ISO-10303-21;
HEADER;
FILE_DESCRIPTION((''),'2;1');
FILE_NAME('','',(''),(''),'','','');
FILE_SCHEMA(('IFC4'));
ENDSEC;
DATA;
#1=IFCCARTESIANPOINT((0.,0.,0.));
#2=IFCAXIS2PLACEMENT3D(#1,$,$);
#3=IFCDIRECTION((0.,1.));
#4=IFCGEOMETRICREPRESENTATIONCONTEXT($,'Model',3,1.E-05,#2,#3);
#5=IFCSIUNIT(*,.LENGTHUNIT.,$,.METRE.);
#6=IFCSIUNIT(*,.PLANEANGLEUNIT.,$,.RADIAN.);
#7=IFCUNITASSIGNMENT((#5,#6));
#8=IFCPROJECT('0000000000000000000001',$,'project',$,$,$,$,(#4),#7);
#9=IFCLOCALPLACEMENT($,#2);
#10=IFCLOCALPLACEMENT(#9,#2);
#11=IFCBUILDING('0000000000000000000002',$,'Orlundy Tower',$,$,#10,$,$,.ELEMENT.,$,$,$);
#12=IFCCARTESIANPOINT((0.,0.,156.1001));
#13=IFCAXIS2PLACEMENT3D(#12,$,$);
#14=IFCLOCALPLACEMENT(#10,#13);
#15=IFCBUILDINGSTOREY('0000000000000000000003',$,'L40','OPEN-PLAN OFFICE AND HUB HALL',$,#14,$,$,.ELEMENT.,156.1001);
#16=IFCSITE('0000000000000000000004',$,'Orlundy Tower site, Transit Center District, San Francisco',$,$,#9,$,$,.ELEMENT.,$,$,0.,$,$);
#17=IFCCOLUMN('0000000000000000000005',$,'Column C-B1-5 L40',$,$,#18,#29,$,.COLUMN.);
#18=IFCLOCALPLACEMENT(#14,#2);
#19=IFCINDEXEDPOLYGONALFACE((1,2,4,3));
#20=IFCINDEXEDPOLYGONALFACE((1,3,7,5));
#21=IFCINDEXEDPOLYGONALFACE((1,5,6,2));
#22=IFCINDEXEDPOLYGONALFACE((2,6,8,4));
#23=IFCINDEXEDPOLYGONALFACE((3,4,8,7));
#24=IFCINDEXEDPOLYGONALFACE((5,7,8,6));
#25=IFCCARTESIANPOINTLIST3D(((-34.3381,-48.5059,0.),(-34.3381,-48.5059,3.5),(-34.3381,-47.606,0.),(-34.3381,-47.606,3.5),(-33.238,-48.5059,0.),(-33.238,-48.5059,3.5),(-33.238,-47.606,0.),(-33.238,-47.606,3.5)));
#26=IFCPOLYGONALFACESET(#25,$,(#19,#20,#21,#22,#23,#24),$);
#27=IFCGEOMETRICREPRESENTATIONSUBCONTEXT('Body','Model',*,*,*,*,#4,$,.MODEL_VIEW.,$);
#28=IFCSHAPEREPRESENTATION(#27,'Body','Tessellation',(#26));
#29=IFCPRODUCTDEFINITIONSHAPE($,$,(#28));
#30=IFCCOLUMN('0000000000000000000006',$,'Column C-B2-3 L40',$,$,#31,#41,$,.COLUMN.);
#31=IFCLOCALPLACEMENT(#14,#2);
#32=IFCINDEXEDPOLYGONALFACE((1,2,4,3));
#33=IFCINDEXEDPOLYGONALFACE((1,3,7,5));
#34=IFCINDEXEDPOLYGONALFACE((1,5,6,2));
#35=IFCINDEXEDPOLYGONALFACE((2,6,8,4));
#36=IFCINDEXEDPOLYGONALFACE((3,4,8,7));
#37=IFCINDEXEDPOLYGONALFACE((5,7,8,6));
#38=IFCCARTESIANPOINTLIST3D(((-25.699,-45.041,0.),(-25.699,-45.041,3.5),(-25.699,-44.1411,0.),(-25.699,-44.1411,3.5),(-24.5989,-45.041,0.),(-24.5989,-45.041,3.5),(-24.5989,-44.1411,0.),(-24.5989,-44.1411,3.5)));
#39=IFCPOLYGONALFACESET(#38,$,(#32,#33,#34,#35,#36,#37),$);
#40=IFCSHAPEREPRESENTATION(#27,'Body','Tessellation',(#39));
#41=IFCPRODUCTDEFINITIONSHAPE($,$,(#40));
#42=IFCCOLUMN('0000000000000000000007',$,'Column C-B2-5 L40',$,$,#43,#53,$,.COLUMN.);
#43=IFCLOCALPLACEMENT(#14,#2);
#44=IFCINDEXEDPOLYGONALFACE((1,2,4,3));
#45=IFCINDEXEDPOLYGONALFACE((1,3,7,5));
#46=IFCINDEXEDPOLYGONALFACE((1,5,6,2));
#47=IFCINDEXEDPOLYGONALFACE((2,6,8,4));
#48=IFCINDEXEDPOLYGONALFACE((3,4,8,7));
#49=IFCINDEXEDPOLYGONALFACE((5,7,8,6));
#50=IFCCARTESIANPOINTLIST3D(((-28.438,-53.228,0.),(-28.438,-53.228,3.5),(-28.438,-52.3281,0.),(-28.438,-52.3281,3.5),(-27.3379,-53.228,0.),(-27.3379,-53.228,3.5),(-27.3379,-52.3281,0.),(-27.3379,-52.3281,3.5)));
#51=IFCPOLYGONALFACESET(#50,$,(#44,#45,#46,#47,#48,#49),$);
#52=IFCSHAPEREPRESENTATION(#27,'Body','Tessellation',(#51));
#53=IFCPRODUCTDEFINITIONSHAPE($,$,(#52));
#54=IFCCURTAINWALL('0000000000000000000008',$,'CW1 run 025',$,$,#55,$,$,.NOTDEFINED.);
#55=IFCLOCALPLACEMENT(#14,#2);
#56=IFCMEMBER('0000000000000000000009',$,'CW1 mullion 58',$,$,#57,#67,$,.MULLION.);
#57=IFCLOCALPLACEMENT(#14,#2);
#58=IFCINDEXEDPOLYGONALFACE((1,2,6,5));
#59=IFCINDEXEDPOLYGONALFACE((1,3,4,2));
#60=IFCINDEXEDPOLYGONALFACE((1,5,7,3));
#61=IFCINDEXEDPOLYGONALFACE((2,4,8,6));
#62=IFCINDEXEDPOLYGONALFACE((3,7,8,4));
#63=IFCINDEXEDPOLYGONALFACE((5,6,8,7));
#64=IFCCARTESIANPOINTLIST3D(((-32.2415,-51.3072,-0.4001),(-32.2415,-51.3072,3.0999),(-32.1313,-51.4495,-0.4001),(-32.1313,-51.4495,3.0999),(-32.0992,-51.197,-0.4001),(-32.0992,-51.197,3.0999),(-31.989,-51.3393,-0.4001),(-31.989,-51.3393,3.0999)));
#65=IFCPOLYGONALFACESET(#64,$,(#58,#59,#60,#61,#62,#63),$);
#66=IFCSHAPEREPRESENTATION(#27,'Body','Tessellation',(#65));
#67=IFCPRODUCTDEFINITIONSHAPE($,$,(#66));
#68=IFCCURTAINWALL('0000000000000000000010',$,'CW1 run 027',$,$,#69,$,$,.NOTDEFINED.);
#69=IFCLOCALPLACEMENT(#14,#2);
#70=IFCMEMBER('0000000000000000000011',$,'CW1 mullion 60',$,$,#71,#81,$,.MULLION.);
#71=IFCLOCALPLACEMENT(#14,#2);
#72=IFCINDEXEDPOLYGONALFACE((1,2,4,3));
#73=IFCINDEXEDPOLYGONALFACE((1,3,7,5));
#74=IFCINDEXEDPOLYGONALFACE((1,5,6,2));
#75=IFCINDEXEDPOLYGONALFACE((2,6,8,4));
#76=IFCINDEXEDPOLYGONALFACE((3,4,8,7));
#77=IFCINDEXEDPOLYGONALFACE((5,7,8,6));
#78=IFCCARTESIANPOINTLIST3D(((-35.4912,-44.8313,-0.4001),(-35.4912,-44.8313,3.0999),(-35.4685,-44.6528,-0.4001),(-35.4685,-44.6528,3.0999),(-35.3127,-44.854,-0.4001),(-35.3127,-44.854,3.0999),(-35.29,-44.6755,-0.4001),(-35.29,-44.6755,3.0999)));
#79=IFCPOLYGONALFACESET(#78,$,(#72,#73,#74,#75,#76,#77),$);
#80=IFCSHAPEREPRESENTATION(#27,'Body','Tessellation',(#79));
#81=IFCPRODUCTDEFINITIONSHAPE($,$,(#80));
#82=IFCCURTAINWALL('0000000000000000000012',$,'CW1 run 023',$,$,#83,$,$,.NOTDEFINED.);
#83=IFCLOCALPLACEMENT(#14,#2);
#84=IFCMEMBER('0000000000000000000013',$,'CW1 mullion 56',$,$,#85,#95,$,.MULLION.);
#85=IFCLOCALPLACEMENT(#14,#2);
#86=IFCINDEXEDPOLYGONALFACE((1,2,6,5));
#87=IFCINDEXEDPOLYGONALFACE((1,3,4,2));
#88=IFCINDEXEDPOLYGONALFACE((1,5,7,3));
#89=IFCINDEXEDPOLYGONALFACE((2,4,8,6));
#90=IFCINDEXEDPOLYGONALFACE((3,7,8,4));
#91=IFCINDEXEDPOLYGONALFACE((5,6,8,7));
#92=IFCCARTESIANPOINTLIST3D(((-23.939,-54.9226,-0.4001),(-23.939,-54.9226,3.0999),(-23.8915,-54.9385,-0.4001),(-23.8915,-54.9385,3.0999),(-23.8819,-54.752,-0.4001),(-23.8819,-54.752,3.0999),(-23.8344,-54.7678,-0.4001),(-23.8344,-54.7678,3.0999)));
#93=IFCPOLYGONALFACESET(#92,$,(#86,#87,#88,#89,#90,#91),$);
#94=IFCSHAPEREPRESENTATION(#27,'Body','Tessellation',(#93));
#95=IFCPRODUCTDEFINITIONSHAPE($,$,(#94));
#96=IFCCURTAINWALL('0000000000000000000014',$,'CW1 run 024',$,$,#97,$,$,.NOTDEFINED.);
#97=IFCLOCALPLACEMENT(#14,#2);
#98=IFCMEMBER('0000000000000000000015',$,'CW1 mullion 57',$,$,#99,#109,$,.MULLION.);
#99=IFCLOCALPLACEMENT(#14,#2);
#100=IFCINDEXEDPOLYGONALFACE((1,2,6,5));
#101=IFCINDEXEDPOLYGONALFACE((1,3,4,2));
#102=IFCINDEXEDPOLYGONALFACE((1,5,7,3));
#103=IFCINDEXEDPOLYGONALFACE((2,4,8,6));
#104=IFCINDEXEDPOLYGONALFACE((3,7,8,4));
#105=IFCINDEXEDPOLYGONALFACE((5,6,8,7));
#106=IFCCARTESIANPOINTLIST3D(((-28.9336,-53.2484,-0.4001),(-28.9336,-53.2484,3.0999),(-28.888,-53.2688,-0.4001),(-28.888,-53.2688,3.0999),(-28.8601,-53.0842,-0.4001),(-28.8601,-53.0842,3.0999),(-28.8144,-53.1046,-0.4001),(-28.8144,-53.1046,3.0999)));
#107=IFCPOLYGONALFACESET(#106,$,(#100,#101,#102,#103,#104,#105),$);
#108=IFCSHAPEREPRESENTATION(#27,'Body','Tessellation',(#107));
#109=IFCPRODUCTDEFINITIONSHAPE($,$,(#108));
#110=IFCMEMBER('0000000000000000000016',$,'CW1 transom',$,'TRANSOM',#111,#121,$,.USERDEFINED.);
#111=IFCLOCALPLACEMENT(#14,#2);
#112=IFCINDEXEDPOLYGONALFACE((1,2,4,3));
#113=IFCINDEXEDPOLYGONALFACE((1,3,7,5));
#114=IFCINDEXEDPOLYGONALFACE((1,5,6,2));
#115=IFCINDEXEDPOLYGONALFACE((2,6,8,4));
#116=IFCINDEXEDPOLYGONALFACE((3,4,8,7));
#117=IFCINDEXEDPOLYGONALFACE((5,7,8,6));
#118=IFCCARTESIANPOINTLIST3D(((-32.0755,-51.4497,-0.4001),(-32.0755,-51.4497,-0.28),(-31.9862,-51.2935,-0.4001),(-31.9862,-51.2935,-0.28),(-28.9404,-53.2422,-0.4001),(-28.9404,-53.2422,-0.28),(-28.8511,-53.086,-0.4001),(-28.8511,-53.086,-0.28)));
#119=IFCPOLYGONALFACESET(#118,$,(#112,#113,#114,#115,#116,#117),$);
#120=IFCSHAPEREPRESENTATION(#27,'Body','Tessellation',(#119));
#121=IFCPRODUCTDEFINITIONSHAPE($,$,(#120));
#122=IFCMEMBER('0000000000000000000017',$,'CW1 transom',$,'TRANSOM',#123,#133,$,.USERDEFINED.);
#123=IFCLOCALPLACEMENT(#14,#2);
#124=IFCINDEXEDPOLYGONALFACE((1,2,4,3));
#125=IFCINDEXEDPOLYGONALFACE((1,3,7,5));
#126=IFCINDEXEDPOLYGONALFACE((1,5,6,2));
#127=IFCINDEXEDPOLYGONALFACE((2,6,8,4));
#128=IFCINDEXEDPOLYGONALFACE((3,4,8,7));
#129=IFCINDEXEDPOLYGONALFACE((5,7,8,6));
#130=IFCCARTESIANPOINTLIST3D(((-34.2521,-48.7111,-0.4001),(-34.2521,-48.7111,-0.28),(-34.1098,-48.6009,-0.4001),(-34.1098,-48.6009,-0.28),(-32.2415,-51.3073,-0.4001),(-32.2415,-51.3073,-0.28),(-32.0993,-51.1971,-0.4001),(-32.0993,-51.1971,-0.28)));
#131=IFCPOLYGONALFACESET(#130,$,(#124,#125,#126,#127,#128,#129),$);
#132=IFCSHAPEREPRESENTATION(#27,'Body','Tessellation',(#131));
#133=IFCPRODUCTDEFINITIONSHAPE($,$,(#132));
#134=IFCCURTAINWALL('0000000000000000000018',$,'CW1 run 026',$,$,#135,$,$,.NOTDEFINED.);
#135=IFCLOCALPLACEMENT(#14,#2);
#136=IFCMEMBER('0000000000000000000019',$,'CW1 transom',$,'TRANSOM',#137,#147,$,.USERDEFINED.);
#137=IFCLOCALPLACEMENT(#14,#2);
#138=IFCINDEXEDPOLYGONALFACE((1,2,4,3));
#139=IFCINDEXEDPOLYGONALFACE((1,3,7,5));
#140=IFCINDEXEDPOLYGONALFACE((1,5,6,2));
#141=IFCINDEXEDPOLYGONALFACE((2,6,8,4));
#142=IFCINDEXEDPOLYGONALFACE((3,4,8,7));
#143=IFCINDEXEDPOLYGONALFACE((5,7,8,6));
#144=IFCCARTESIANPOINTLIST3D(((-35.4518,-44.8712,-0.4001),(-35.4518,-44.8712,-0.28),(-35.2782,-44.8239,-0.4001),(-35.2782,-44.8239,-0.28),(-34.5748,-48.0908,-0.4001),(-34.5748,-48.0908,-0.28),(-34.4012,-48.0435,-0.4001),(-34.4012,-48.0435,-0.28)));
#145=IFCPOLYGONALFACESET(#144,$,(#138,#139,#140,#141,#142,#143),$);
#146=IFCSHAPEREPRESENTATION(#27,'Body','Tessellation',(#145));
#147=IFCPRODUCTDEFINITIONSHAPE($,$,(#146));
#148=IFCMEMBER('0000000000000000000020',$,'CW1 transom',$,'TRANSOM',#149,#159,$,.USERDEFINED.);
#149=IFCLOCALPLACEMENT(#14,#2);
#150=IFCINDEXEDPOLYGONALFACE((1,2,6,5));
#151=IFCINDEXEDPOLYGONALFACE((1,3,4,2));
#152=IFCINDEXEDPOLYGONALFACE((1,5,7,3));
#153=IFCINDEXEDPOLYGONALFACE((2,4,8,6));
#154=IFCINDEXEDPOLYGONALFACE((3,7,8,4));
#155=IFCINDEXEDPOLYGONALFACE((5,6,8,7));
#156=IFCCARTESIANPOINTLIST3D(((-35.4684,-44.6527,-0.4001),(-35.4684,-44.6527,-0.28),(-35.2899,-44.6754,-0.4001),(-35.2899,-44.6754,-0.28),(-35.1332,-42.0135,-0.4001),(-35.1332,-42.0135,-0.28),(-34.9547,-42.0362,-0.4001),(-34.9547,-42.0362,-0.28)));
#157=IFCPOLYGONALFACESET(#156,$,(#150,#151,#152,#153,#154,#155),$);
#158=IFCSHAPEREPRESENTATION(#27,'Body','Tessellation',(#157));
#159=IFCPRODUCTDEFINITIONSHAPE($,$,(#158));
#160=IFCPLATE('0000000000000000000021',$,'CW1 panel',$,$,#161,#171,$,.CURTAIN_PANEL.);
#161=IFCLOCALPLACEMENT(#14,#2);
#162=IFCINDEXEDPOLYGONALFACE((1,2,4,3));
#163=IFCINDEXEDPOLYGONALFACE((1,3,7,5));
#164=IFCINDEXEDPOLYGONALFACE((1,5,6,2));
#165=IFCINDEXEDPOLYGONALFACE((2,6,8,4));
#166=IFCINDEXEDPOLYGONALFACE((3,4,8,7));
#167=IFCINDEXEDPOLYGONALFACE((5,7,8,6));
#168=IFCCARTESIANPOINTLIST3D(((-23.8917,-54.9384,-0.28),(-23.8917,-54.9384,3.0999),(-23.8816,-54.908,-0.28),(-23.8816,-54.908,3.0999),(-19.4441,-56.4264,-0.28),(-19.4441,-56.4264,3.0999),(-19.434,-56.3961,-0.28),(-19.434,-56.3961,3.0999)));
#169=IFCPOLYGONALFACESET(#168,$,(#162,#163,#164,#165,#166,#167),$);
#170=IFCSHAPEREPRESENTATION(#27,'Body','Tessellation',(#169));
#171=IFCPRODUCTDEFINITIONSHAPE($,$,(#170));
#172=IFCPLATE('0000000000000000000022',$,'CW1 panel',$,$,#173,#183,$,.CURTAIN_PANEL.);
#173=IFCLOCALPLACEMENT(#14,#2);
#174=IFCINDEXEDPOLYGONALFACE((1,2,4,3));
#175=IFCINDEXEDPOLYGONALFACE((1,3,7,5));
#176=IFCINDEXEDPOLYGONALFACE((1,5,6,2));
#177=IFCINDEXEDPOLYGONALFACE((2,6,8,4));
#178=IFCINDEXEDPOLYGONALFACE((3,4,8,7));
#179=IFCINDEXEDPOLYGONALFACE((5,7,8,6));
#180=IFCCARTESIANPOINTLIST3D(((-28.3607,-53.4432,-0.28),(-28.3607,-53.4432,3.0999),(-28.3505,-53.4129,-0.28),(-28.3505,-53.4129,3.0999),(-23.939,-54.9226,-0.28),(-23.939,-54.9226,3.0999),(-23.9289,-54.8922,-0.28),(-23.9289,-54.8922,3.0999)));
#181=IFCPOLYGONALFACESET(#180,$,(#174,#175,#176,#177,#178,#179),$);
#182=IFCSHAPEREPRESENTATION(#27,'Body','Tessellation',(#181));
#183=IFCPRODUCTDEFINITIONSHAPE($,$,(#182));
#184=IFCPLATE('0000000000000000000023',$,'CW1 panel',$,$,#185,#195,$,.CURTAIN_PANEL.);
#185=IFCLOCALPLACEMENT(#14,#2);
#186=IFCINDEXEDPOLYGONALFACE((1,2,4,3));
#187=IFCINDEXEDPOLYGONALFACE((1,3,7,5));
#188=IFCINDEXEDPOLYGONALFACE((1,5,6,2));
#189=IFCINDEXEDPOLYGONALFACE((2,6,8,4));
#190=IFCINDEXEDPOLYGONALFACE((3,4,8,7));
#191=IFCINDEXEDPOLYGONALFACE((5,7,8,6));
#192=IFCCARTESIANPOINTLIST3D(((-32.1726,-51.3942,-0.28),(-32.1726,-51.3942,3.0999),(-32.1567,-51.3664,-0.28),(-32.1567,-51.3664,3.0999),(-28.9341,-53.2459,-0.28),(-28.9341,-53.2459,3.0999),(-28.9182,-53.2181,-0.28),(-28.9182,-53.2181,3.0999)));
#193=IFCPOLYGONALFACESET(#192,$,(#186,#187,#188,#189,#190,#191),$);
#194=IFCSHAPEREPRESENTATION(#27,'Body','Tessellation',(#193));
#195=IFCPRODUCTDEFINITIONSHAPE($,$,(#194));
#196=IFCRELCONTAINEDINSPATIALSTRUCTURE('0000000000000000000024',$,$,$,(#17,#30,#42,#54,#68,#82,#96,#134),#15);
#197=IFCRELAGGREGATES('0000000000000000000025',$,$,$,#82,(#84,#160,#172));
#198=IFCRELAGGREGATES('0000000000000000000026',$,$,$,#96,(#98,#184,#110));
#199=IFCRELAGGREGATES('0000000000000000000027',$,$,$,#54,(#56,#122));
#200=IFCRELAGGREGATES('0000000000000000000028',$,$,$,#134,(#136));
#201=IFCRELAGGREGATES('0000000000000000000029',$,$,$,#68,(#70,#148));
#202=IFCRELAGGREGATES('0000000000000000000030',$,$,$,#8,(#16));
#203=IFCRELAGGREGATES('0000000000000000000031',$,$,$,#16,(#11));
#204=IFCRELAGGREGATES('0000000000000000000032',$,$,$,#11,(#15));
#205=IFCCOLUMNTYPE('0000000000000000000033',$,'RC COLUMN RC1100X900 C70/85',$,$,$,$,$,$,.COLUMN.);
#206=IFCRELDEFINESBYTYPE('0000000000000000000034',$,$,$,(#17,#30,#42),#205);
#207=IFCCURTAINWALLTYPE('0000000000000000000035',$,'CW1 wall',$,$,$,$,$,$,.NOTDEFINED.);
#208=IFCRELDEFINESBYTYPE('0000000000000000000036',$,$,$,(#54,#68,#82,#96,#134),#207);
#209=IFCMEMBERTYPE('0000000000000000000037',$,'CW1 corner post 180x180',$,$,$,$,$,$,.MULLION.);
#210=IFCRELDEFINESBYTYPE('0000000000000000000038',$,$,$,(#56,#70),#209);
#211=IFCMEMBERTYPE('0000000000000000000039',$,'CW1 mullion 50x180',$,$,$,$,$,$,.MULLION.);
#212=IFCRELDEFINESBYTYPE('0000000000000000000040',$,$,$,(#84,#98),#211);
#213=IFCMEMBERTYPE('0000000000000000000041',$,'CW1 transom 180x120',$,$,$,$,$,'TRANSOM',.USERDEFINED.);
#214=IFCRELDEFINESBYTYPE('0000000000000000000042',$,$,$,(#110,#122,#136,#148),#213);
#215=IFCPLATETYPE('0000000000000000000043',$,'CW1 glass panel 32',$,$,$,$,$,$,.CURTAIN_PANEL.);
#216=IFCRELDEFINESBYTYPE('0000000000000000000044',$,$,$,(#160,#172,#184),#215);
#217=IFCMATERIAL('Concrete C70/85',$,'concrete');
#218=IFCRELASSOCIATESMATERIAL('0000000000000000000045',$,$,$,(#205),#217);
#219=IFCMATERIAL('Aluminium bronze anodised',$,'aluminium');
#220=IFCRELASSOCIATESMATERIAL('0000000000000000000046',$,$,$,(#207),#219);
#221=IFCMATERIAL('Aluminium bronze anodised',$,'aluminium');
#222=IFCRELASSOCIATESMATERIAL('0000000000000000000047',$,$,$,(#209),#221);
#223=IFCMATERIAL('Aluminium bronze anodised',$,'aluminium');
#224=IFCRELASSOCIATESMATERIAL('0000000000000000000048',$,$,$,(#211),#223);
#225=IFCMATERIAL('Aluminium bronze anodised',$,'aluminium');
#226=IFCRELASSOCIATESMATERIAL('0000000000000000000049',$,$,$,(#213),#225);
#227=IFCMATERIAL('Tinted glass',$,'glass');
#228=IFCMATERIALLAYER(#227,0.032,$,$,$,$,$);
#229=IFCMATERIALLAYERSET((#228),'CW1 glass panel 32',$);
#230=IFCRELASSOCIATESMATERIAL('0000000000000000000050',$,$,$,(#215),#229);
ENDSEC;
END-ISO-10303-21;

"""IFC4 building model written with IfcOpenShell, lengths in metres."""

from ifc_helpers import new_model, si_unit, direction, frame, origin, origin_2d, place, context, subcontext, project, spatial, rectangle, extrude, material, layer, layer_set, material_profile, profile_set, type_object, element, aggregate, save


model = new_model("IFC4")

# Units and contexts
model_context = context("Model", 3, precision=1e-05, world=origin(), true_north=direction((0.0, 1.0)))
body_context = subcontext(model_context, "Body", "Model", "MODEL_VIEW")
ifc_project = project(units=[si_unit("LENGTHUNIT", "METRE"), si_unit("PLANEANGLEUNIT", "RADIAN")], contexts=[model_context])

# Site, building, storey
site_placement = place(None, origin())
site = spatial("IfcSite", under=ifc_project, at=site_placement, Name="Orlundy Tower site, Transit Center District, San Francisco", CompositionType="ELEMENT", RefElevation=0.0)
building_placement = place(site_placement, origin())
building = spatial("IfcBuilding", under=site, at=building_placement, Name="Orlundy Tower", CompositionType="ELEMENT")
storey_placement = place(building_placement, frame((0.0, 0.0, 156.1001)))
storey = spatial("IfcBuildingStorey", under=building, at=storey_placement, Name="L40", Description="OPEN-PLAN OFFICE AND HUB HALL", CompositionType="ELEMENT", Elevation=156.1001)

# Columns
ifc_material_1 = material(Name="Concrete C70/85", Category="concrete")
ifc_material_profile_1 = material_profile(ifc_material_1, rectangle(XDim=1.1001, YDim=0.8999, at=origin_2d()), Name="RC1100X900")
ifc_profile_set_1 = profile_set([ifc_material_profile_1], Name="Concrete C70/85")
column_type = type_object("IfcColumnType", Name="RC COLUMN RC1100X900 C70/85", PredefinedType="COLUMN", material=ifc_profile_set_1)
for number, where, z_axis, x_axis, name in (
    (1, (-33.7881, -48.0559, 0.0), (0.0, 0.0, 1.0), (1.0, 0.0, 0.0), "Column C-B1-5 L40"),
    (2, (-25.1489, -44.5911, 0.0), (0.0, 0.0, 1.0), (1.0, 0.0, 0.0), "Column C-B2-3 L40"),
    (3, (-27.8879, -52.7781, 0.0), (0.0, 0.0, 1.0), (1.0, 0.0, 0.0), "Column C-B2-5 L40"),
):
    element("IfcColumn", number, at=place(storey_placement, frame(where, z_axis=z_axis, x_axis=x_axis)), inside=storey, type_object=column_type, Name=name, PredefinedType="COLUMN", context=body_context, shape_type="SweptSolid", body=[
        extrude(rectangle(XDim=1.1001, YDim=0.8999, at=origin_2d()), origin(), (0.0, 0.0, 1.0), 3.5),
    ])

# Curtain walls, members
ifc_material_2 = material(Name="Aluminium bronze anodised", Category="aluminium")
curtain_wall_type = type_object("IfcCurtainWallType", Name="CW1 wall", PredefinedType="NOTDEFINED", material=ifc_material_2)
curtain_wall_1_placement = place(storey_placement, origin())
curtain_wall_1 = element("IfcCurtainWall", 4, at=curtain_wall_1_placement, inside=storey, type_object=curtain_wall_type, Name="CW1 run 025", PredefinedType="NOTDEFINED")
ifc_material_3 = material(Name="Aluminium bronze anodised", Category="aluminium")
ifc_material_profile_2 = material_profile(ifc_material_3, rectangle(XDim=0.1799, YDim=0.1799, at=origin_2d()), Name="CW1 corner post 180x180")
ifc_profile_set_2 = profile_set([ifc_material_profile_2], Name="Aluminium bronze anodised")
member_type_1 = type_object("IfcMemberType", Name="CW1 corner post 180x180", PredefinedType="MULLION", material=ifc_profile_set_2)
member_1_placement = place(storey_placement, frame((-32.1152, -51.3232, -0.4001), z_axis=(0.0, 0.0, 1.0), x_axis=(-0.790614, -0.612315, 0.0)))
member_1 = element("IfcMember", 5, at=member_1_placement, type_object=member_type_1, Name="CW1 mullion 58", PredefinedType="MULLION", context=body_context, shape_type="SweptSolid", body=[
    extrude(rectangle(XDim=0.1799, YDim=0.1799, at=origin_2d()), origin(), (0.0, 0.0, 1.0), 3.5),
])
curtain_wall_2_placement = place(storey_placement, origin())
curtain_wall_2 = element("IfcCurtainWall", 6, at=curtain_wall_2_placement, inside=storey, type_object=curtain_wall_type, Name="CW1 run 027", PredefinedType="NOTDEFINED")
member_2_placement = place(storey_placement, frame((-35.3906, -44.7534, -0.4001), z_axis=(0.0, 0.0, 1.0), x_axis=(-0.992031, 0.125994, 0.0)))
member_2 = element("IfcMember", 7, at=member_2_placement, type_object=member_type_1, Name="CW1 mullion 60", PredefinedType="MULLION", context=body_context, shape_type="SweptSolid", body=[
    extrude(rectangle(XDim=0.1799, YDim=0.1799, at=origin_2d()), origin(), (0.0, 0.0, 1.0), 3.5),
])
curtain_wall_3_placement = place(storey_placement, origin())
curtain_wall_3 = element("IfcCurtainWall", 8, at=curtain_wall_3_placement, inside=storey, type_object=curtain_wall_type, Name="CW1 run 023", PredefinedType="NOTDEFINED")
ifc_material_4 = material(Name="Aluminium bronze anodised", Category="aluminium")
ifc_material_profile_3 = material_profile(ifc_material_4, rectangle(XDim=0.1799, YDim=0.05, at=origin_2d()), Name="CW1 mullion 50x180")
ifc_profile_set_3 = profile_set([ifc_material_profile_3], Name="Aluminium bronze anodised")
member_type_2 = type_object("IfcMemberType", Name="CW1 mullion 50x180", PredefinedType="MULLION", material=ifc_profile_set_3)
member_3_placement = place(storey_placement, frame((-23.8867, -54.8452, -0.4001), z_axis=(0.0, 0.0, 1.0), x_axis=(-0.317285, -0.94833, 0.0)))
member_3 = element("IfcMember", 9, at=member_3_placement, type_object=member_type_2, Name="CW1 mullion 56", PredefinedType="MULLION", context=body_context, shape_type="SweptSolid", body=[
    extrude(rectangle(XDim=0.1799, YDim=0.05, at=origin_2d()), origin(), (0.0, 0.0, 1.0), 3.5),
])

# Curtain wall, members
curtain_wall_4_placement = place(storey_placement, origin())
curtain_wall_4 = element("IfcCurtainWall", 10, at=curtain_wall_4_placement, inside=storey, type_object=curtain_wall_type, Name="CW1 run 024", PredefinedType="NOTDEFINED")
member_4_placement = place(storey_placement, frame((-28.874, -53.1765, -0.4001), z_axis=(0.0, 0.0, 1.0), x_axis=(-0.408801, -0.912624, 0.0)))
member_4 = element("IfcMember", 11, at=member_4_placement, type_object=member_type_2, Name="CW1 mullion 57", PredefinedType="MULLION", context=body_context, shape_type="SweptSolid", body=[
    extrude(rectangle(XDim=0.1799, YDim=0.05, at=origin_2d()), origin(), (0.0, 0.0, 1.0), 3.5),
])
ifc_material_5 = material(Name="Aluminium bronze anodised", Category="aluminium")
ifc_material_profile_4 = material_profile(ifc_material_5, rectangle(XDim=0.1799, YDim=0.1201, at=origin_2d()), Name="CW1 transom 180x120")
ifc_profile_set_4 = profile_set([ifc_material_profile_4], Name="Aluminium bronze anodised")
member_type_3 = type_object("IfcMemberType", Name="CW1 transom 180x120", ElementType="TRANSOM", PredefinedType="USERDEFINED", material=ifc_profile_set_4)
member_5_placement = place(storey_placement, frame((-28.8958, -53.1641, -0.3401), z_axis=(-0.868118, 0.496357, 0.0), x_axis=(-0.496357, -0.868118, 0.0)))
member_5 = element("IfcMember", 12, at=member_5_placement, type_object=member_type_3, Name="CW1 transom", ObjectType="TRANSOM", PredefinedType="USERDEFINED", context=body_context, shape_type="SweptSolid", body=[
    extrude(rectangle(XDim=0.1799, YDim=0.1201, at=origin_2d()), origin(), (0.0, 0.0, 1.0), 3.6113),
])

# Member
member_6_placement = place(storey_placement, frame((-32.1704, -51.2522, -0.3401), z_axis=(-0.612277, 0.790644, 0.0), x_axis=(-0.790644, -0.612277, 0.0)))
member_6 = element("IfcMember", 13, at=member_6_placement, type_object=member_type_3, Name="CW1 transom", ObjectType="TRANSOM", PredefinedType="USERDEFINED", context=body_context, shape_type="SweptSolid", body=[
    extrude(rectangle(XDim=0.1799, YDim=0.1201, at=origin_2d()), origin(), (0.0, 0.0, 1.0), 3.2837),
])

# Curtain wall, member
curtain_wall_5_placement = place(storey_placement, origin())
curtain_wall_5 = element("IfcCurtainWall", 14, at=curtain_wall_5_placement, inside=storey, type_object=curtain_wall_type, Name="CW1 run 026", PredefinedType="NOTDEFINED")
member_7_placement = place(storey_placement, frame((-34.488, -48.0671, -0.3401), z_axis=(-0.262795, 0.964852, 0.0), x_axis=(-0.964852, -0.262795, 0.0)))
member_7 = element("IfcMember", 15, at=member_7_placement, type_object=member_type_3, Name="CW1 transom", ObjectType="TRANSOM", PredefinedType="USERDEFINED", context=body_context, shape_type="SweptSolid", body=[
    extrude(rectangle(XDim=0.1799, YDim=0.1201, at=origin_2d()), origin(), (0.0, 0.0, 1.0), 3.3369),
])

# Member
member_8_placement = place(storey_placement, frame((-35.3792, -44.6641, -0.3401), z_axis=(0.126, 0.99203, 0.0), x_axis=(-0.99203, 0.126, 0.0)))
member_8 = element("IfcMember", 16, at=member_8_placement, type_object=member_type_3, Name="CW1 transom", ObjectType="TRANSOM", PredefinedType="USERDEFINED", context=body_context, shape_type="SweptSolid", body=[
    extrude(rectangle(XDim=0.1799, YDim=0.1201, at=origin_2d()), origin(), (0.0, 0.0, 1.0), 2.6604),
])

# Plates
ifc_material_6 = material(Name="Tinted glass", Category="glass")
ifc_layer_1 = layer(ifc_material_6, 0.032)
ifc_layer_set_1 = layer_set([ifc_layer_1], Name="CW1 glass panel 32")
plate_type = type_object("IfcPlateType", Name="CW1 glass panel 32", PredefinedType="CURTAIN_PANEL", material=ifc_layer_set_1)
plate_1_placement = place(storey_placement, frame((-21.6628, -55.6672, -0.28), z_axis=(0.0, 0.0, 1.0), x_axis=(-0.94833, 0.317285, 0.0)))
plate_1 = element("IfcPlate", 17, at=plate_1_placement, type_object=plate_type, Name="CW1 panel", PredefinedType="CURTAIN_PANEL", context=body_context, shape_type="SweptSolid", body=[
    extrude(rectangle(XDim=4.6899, YDim=0.032, at=origin_2d()), origin(), (0.0, 0.0, 1.0), 3.3799),
])
plate_2_placement = place(storey_placement, frame((-26.1448, -54.1677, -0.28), z_axis=(0.0, 0.0, 1.0), x_axis=(-0.94833, 0.317285, 0.0)))
plate_2 = element("IfcPlate", 18, at=plate_2_placement, type_object=plate_type, Name="CW1 panel", PredefinedType="CURTAIN_PANEL", context=body_context, shape_type="SweptSolid", body=[
    extrude(rectangle(XDim=4.6626, YDim=0.032, at=origin_2d()), origin(), (0.0, 0.0, 1.0), 3.3799),
])
aggregate(curtain_wall_3, [member_3, plate_1, plate_2])
plate_3_placement = place(storey_placement, frame((-30.5454, -52.3062, -0.28), z_axis=(0.0, 0.0, 1.0), x_axis=(-0.86811, 0.496371, 0.0)))
plate_3 = element("IfcPlate", 19, at=plate_3_placement, type_object=plate_type, Name="CW1 panel", PredefinedType="CURTAIN_PANEL", context=body_context, shape_type="SweptSolid", body=[
    extrude(rectangle(XDim=3.7305, YDim=0.032, at=origin_2d()), origin(), (0.0, 0.0, 1.0), 3.3799),
])
aggregate(curtain_wall_4, [member_4, plate_3, member_5])
aggregate(curtain_wall_1, [member_1, member_6])
aggregate(curtain_wall_5, [member_7])
aggregate(curtain_wall_2, [member_2, member_8])

save(model, "model.ifc")
